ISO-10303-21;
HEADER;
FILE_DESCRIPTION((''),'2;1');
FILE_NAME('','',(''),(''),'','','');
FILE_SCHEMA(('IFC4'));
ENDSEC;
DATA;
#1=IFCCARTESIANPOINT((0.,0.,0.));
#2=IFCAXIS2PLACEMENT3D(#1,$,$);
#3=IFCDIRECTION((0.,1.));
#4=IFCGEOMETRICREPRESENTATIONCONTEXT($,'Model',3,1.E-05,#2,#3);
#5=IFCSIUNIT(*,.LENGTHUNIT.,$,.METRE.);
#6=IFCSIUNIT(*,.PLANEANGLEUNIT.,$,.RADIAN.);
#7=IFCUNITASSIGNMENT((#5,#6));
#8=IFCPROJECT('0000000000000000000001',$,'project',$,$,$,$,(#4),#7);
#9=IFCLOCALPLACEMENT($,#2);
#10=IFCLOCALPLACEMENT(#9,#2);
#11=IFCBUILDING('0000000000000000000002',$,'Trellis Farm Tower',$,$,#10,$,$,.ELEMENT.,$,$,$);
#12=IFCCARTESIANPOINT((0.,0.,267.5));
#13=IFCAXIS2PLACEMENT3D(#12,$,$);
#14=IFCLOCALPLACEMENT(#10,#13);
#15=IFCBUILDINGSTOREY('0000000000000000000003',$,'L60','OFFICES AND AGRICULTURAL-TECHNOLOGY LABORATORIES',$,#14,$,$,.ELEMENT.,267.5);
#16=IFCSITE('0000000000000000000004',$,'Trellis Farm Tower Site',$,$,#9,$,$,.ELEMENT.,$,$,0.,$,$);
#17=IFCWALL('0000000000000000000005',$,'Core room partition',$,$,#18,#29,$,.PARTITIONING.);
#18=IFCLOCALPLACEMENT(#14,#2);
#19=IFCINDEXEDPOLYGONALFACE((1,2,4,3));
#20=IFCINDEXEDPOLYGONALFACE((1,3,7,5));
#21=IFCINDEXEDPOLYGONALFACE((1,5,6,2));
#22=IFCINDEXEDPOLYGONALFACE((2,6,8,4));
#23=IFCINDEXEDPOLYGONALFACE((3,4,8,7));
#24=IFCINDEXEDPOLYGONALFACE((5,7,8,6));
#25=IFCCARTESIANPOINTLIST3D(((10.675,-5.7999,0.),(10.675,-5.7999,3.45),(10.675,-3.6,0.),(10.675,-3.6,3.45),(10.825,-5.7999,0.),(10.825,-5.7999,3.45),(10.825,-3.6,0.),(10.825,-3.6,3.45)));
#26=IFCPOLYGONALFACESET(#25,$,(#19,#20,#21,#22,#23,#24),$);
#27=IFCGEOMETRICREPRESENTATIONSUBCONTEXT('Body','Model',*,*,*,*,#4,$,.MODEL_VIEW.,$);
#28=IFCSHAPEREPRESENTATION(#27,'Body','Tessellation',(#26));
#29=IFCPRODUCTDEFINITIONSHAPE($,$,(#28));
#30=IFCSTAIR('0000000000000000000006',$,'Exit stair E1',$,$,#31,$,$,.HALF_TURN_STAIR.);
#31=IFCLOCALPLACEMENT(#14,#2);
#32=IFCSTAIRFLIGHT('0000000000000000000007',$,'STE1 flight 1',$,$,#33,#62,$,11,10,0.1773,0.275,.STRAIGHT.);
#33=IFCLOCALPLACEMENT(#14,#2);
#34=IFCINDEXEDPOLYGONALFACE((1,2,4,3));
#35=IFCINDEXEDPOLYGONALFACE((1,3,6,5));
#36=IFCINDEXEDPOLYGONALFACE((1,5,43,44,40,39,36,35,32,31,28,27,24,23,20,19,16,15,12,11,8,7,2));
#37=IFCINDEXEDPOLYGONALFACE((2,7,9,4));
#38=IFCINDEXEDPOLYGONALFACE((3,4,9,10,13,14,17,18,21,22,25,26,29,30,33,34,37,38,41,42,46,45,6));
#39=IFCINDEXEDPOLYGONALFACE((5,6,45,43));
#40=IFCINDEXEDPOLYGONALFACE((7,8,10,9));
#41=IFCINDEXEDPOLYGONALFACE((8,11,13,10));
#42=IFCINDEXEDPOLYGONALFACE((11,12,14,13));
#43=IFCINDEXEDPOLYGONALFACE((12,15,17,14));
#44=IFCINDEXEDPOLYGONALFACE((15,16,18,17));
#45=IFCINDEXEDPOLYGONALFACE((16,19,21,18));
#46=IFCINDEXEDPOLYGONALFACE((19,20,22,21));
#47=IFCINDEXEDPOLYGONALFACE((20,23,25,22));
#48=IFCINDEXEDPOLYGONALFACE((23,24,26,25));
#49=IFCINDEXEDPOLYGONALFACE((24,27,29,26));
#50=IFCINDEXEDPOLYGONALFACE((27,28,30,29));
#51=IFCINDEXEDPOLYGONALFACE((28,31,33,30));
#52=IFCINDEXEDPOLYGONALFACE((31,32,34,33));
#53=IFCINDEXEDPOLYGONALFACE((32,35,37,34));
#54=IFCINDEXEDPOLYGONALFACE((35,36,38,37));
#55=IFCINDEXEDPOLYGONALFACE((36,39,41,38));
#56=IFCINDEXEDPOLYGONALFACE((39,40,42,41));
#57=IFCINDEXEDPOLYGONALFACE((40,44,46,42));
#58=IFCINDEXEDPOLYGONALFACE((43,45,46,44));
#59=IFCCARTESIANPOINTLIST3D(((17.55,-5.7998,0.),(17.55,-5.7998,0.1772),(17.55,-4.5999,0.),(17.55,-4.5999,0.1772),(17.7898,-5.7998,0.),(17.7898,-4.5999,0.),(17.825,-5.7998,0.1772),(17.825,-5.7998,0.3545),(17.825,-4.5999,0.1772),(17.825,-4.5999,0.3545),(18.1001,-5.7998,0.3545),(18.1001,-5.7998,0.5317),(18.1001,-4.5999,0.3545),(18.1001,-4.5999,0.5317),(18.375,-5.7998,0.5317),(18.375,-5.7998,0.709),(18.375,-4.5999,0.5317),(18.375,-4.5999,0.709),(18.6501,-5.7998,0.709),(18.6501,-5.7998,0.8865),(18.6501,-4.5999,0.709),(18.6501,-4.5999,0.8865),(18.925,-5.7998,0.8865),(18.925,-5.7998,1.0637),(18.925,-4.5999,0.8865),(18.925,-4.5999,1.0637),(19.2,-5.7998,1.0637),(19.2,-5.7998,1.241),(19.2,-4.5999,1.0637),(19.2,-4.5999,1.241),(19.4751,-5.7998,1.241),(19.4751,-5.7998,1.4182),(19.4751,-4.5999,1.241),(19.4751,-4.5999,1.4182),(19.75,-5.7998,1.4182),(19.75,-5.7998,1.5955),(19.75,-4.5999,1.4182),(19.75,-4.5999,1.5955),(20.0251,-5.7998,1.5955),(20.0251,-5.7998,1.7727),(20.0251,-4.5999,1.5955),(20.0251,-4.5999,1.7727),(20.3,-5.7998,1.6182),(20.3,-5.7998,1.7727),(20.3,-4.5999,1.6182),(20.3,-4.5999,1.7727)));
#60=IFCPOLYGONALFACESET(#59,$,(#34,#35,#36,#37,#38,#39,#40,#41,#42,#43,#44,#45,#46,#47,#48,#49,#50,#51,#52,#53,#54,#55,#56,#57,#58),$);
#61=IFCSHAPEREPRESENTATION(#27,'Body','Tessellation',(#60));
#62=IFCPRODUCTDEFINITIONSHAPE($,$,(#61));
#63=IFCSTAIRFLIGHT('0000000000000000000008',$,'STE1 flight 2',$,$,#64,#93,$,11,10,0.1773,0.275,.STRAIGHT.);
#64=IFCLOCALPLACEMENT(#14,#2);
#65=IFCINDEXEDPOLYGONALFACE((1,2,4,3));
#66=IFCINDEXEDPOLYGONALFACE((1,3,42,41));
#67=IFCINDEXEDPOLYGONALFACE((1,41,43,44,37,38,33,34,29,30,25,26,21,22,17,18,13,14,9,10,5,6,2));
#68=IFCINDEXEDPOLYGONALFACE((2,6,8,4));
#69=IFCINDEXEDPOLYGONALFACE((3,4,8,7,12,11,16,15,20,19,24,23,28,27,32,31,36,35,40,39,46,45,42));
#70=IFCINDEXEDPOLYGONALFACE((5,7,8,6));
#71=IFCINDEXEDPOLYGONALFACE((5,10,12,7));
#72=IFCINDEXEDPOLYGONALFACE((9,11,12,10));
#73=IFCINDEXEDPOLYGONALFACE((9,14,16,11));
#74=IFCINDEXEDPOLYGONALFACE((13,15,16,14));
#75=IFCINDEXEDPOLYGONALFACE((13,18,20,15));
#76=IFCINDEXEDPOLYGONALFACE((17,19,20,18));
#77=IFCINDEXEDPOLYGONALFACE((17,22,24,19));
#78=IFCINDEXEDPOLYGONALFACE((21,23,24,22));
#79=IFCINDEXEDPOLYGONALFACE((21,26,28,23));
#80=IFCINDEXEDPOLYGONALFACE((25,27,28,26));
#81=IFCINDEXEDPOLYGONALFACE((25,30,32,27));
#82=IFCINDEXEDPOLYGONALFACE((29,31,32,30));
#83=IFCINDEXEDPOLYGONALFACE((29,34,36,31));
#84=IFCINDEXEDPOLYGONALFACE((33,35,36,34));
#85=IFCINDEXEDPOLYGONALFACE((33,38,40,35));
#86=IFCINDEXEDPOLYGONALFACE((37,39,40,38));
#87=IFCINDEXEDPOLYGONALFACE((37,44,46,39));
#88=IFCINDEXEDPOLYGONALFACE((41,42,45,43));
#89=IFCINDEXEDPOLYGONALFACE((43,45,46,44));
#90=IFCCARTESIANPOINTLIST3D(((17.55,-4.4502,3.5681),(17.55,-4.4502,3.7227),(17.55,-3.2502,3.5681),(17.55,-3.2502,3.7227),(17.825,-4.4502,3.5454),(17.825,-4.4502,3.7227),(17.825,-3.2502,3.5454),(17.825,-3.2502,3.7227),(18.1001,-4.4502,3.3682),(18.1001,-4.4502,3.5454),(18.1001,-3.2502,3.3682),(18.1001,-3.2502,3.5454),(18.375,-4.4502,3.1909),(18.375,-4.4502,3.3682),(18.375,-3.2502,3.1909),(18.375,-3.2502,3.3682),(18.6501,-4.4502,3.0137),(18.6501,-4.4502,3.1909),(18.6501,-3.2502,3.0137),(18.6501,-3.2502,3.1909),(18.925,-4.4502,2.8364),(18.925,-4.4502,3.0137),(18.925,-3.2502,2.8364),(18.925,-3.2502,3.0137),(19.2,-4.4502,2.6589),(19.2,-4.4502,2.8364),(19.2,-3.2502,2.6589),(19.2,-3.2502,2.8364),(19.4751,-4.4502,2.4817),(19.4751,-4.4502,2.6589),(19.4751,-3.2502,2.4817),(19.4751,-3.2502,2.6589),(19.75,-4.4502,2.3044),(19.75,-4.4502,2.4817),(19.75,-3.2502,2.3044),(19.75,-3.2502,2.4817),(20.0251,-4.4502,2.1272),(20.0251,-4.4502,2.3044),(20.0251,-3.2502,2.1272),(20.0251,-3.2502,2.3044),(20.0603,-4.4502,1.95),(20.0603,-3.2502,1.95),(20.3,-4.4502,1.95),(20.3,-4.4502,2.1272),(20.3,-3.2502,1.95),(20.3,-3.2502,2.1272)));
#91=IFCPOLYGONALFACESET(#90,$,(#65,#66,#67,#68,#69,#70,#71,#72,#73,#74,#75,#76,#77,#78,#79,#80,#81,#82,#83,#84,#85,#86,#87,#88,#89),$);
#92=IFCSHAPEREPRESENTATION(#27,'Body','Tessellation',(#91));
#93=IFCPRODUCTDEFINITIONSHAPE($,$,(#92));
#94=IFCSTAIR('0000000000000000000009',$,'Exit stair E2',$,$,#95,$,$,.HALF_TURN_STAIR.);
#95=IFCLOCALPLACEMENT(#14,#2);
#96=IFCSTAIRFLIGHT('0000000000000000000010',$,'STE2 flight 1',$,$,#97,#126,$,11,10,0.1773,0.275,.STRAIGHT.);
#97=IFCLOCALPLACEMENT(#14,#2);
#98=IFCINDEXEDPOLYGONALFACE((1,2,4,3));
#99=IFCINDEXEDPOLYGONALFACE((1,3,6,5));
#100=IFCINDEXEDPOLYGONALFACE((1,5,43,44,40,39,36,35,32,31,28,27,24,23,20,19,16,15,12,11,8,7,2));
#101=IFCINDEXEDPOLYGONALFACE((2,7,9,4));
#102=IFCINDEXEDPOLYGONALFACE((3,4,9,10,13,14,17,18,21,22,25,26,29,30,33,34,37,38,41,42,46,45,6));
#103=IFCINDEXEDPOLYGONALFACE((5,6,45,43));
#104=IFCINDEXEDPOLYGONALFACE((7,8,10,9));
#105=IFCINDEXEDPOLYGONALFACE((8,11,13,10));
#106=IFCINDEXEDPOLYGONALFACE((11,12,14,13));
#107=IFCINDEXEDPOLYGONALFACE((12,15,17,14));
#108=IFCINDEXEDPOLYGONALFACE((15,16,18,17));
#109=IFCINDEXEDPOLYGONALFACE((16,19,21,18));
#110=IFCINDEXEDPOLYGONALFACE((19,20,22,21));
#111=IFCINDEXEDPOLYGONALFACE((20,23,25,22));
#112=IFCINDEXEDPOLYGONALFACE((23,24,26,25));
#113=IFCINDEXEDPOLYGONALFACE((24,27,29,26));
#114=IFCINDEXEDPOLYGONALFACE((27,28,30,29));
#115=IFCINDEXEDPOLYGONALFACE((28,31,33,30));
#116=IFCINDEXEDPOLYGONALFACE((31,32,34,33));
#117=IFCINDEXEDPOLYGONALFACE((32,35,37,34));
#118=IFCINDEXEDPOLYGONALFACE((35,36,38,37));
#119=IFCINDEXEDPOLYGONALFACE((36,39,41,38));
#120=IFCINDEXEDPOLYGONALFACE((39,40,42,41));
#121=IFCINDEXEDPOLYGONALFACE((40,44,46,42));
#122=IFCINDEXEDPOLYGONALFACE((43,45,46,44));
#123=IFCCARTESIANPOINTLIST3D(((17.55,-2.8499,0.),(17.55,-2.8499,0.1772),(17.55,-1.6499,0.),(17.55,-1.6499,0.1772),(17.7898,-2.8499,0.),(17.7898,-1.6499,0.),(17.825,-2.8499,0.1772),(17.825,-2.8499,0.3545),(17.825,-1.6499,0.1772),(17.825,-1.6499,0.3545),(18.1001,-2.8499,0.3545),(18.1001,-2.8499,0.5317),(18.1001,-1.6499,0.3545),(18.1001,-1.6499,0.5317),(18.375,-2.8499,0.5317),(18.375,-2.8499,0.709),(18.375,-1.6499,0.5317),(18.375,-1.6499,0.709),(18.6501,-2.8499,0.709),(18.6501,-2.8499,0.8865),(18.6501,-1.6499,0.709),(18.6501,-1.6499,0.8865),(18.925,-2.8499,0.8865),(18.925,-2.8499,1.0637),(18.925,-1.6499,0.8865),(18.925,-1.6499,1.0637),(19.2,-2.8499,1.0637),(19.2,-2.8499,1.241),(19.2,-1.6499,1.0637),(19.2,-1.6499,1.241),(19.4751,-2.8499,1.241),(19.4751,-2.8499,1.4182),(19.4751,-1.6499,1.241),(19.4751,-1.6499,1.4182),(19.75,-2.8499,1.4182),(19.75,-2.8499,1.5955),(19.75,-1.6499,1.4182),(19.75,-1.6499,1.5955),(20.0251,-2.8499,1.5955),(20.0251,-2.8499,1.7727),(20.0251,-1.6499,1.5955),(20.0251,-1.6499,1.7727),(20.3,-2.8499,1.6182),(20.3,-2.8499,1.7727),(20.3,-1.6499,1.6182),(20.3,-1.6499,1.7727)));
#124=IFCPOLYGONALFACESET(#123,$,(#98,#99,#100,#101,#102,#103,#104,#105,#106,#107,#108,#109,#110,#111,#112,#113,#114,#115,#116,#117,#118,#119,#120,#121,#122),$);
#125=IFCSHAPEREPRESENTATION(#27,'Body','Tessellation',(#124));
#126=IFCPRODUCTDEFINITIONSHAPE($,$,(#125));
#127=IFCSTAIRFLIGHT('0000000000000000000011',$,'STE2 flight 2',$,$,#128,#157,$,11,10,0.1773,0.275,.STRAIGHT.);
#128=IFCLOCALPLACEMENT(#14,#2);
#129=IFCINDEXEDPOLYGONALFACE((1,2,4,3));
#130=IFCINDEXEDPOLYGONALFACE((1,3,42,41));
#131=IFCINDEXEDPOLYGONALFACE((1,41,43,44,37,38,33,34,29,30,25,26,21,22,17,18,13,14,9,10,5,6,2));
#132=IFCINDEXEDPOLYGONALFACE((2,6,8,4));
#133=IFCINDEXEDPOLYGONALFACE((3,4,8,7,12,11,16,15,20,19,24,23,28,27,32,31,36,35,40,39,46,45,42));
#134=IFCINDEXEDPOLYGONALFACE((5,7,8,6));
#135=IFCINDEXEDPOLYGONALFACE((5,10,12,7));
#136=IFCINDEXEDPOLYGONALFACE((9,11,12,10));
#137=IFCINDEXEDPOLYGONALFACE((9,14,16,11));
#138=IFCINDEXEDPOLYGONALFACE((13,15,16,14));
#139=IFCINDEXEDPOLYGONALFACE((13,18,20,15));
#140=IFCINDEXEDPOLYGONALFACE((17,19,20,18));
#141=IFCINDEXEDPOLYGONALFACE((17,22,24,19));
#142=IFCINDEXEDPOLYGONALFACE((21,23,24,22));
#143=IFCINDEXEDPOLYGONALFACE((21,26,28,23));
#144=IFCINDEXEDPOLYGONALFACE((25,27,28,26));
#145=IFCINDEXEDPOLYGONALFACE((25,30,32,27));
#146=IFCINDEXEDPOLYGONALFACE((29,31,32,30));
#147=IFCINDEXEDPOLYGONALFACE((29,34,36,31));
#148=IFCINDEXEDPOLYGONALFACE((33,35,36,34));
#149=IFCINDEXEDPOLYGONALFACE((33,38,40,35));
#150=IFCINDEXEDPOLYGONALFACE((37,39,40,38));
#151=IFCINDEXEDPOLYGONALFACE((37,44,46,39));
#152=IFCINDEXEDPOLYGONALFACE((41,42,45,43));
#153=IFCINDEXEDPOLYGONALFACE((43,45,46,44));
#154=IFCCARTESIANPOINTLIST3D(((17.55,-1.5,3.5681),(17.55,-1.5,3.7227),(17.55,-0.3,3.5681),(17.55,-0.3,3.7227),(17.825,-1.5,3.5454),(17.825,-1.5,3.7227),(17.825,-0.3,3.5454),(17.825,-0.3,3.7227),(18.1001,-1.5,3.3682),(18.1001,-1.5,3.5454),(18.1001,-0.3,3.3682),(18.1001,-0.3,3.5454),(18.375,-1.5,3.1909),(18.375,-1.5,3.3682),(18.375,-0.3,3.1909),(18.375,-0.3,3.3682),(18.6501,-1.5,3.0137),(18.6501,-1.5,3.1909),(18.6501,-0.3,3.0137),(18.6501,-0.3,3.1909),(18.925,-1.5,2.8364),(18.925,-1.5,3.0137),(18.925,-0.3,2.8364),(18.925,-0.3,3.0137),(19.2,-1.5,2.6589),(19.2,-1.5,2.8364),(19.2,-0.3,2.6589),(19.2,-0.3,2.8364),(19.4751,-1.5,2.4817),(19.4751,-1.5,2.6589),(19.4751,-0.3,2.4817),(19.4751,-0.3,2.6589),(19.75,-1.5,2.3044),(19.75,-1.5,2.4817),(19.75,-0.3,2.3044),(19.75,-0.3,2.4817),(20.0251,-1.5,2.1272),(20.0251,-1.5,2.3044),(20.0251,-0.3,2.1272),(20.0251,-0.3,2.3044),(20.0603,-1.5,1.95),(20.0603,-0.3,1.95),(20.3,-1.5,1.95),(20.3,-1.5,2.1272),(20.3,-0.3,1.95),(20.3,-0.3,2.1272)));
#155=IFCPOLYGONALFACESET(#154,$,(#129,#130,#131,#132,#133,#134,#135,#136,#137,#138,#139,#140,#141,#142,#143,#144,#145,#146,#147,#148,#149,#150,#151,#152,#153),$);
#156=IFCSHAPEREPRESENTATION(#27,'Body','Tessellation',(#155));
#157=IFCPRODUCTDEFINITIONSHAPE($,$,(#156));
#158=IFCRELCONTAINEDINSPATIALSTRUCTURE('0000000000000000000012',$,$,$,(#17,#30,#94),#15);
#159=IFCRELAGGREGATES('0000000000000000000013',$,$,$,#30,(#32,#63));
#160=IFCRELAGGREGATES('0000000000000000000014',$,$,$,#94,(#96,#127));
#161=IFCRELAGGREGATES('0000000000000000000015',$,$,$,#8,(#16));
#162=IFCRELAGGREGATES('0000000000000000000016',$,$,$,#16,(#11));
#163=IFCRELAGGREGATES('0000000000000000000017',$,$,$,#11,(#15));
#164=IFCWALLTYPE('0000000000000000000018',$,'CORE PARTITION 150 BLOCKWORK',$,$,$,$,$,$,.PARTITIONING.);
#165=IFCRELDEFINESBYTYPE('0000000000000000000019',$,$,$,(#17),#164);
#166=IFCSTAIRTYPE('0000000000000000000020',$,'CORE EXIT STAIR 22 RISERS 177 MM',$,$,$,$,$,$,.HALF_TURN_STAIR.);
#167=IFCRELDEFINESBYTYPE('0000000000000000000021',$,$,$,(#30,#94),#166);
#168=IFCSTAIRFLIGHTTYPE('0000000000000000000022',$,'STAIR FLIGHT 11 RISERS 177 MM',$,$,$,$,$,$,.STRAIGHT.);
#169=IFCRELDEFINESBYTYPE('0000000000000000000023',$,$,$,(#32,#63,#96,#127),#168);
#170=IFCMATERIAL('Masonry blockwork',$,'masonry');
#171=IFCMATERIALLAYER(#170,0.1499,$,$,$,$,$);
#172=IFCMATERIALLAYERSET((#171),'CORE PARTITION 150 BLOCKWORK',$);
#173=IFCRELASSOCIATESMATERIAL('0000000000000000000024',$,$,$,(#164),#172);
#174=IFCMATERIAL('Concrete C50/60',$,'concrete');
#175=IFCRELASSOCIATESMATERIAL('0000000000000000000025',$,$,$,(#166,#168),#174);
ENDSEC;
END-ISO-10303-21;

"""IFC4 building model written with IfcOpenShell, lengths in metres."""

from ifc_helpers import new_model, si_unit, direction, frame, frame_2d, origin, place, context, subcontext, project, spatial, polyline, rectangle, outline, extrude, source, transform, mapped, material, layer, layer_set, type_object, element, aggregate, save


model = new_model("IFC4")

# Units and contexts
model_context = context("Model", 3, precision=1e-05, world=origin(), true_north=direction((0.0, 1.0)))
body_context = subcontext(model_context, "Body", "Model", "MODEL_VIEW")
ifc_project = project(units=[si_unit("LENGTHUNIT", "METRE"), si_unit("PLANEANGLEUNIT", "RADIAN")], contexts=[model_context])

# Site, building, storey
site_placement = place(None, origin())
site = spatial("IfcSite", under=ifc_project, at=site_placement, Name="Trellis Farm Tower Site", CompositionType="ELEMENT", RefElevation=0.0)
building_placement = place(site_placement, origin())
building = spatial("IfcBuilding", under=site, at=building_placement, Name="Trellis Farm Tower", CompositionType="ELEMENT")
storey_placement = place(building_placement, frame((0.0, 0.0, 267.5)))
storey = spatial("IfcBuildingStorey", under=building, at=storey_placement, Name="L60", Description="OFFICES AND AGRICULTURAL-TECHNOLOGY LABORATORIES", CompositionType="ELEMENT", Elevation=267.5)

# Shared definitions
placement = place(storey_placement, origin())

# Wall
ifc_material_1 = material(Name="Masonry blockwork", Category="masonry")
ifc_layer_1 = layer(ifc_material_1, 0.1499)
ifc_layer_set_1 = layer_set([ifc_layer_1], Name="CORE PARTITION 150 BLOCKWORK")
wall_type_1 = type_object("IfcWallType", Name="CORE PARTITION 150 BLOCKWORK", PredefinedType="PARTITIONING", material=ifc_layer_set_1)
shared_shape_1 = source(origin(), body_context, "Body", "SweptSolid", [
    extrude(rectangle(XDim=2.2, YDim=0.1499, at=frame_2d((1.1001, 0.0))), origin(), (0.0, 0.0, 1.0), 3.45),
])
wall_1_placement = place(storey_placement, frame((10.75, -5.8, 0.0), z_axis=(0.0, 0.0, 1.0), x_axis=(0.0, 1.0, 0.0)))
element("IfcWall", 1, at=wall_1_placement, inside=storey, type_object=wall_type_1, Name="Core room partition", PredefinedType="PARTITIONING", context=body_context, shape_type="MappedRepresentation", body=[
    mapped(shared_shape_1, transform((0.0, 0.0, 0.0))),
])

# Stairs, stair flights
ifc_material_2 = material(Name="Concrete C50/60", Category="concrete")
stair_type = type_object("IfcStairType", Name="CORE EXIT STAIR 22 RISERS 177 MM", PredefinedType="HALF_TURN_STAIR", material=ifc_material_2)
stair_1 = element("IfcStair", 2, at=placement, inside=storey, type_object=stair_type, Name="Exit stair E1", PredefinedType="HALF_TURN_STAIR")
stair_flight_type = type_object("IfcStairFlightType", Name="STAIR FLIGHT 11 RISERS 177 MM", PredefinedType="STRAIGHT", material=ifc_material_2)
shared_shape_2 = source(origin(), body_context, "Body", "SweptSolid", [
    extrude(outline(polyline([(0.0, 0.0), (0.0, 0.1772), (0.2749, 0.1772), (0.2749, 0.3545), (0.55, 0.3545), (0.55, 0.5317), (0.825, 0.5317), (0.825, 0.709), (1.1001, 0.709), (1.1001, 0.8865), (1.375, 0.8865), (1.375, 1.0637), (1.6499, 1.0637), (1.6499, 1.241), (1.925, 1.241), (1.925, 1.4182), (2.2, 1.4182), (2.2, 1.5955), (2.4751, 1.5955), (2.4751, 1.7727), (2.75, 1.7727), (2.75, 1.95), (2.75, 1.6182), (0.2397, 0.0), (0.0, 0.0)])), frame((0.0, 0.6001, 0.0), z_axis=(0.0, -1.0, 0.0), x_axis=(1.0, 0.0, 0.0)), (0.0, 0.0, 1.0), 1.2),
])
stair_flight_1_placement = place(storey_placement, frame((17.55, -5.2, 0.0), z_axis=(0.0, 0.0, 1.0), x_axis=(1.0, 0.0, 0.0)))
stair_flight_1 = element("IfcStairFlight", 3, at=stair_flight_1_placement, type_object=stair_flight_type, Name="STE1 flight 1", NumberOfRisers=11, NumberOfTreads=10, PredefinedType="STRAIGHT", RiserHeight=0.1773, TreadLength=0.275, context=body_context, shape_type="MappedRepresentation", body=[
    mapped(shared_shape_2, transform((0.0, 0.0, 0.0))),
])
stair_flight_2_placement = place(storey_placement, frame((20.3, -3.8501, 1.95), z_axis=(0.0, 0.0, 1.0), x_axis=(-1.0, 0.0, 0.0)))
stair_flight_2 = element("IfcStairFlight", 4, at=stair_flight_2_placement, type_object=stair_flight_type, Name="STE1 flight 2", NumberOfRisers=11, NumberOfTreads=10, PredefinedType="STRAIGHT", RiserHeight=0.1773, TreadLength=0.275, context=body_context, shape_type="MappedRepresentation", body=[
    mapped(shared_shape_2, transform((0.0, 0.0, 0.0))),
])
aggregate(stair_1, [stair_flight_1, stair_flight_2])
stair_2 = element("IfcStair", 5, at=placement, inside=storey, type_object=stair_type, Name="Exit stair E2", PredefinedType="HALF_TURN_STAIR")
stair_flight_3_placement = place(storey_placement, frame((17.55, -2.25, 0.0), z_axis=(0.0, 0.0, 1.0), x_axis=(1.0, 0.0, 0.0)))
stair_flight_3 = element("IfcStairFlight", 6, at=stair_flight_3_placement, type_object=stair_flight_type, Name="STE2 flight 1", NumberOfRisers=11, NumberOfTreads=10, PredefinedType="STRAIGHT", RiserHeight=0.1773, TreadLength=0.275, context=body_context, shape_type="MappedRepresentation", body=[
    mapped(shared_shape_2, transform((0.0, 0.0, 0.0))),
])
stair_flight_4_placement = place(storey_placement, frame((20.3, -0.8999, 1.95), z_axis=(0.0, 0.0, 1.0), x_axis=(-1.0, 0.0, 0.0)))
stair_flight_4 = element("IfcStairFlight", 7, at=stair_flight_4_placement, type_object=stair_flight_type, Name="STE2 flight 2", NumberOfRisers=11, NumberOfTreads=10, PredefinedType="STRAIGHT", RiserHeight=0.1773, TreadLength=0.275, context=body_context, shape_type="MappedRepresentation", body=[
    mapped(shared_shape_2, transform((0.0, 0.0, 0.0))),
])
aggregate(stair_2, [stair_flight_3, stair_flight_4])

save(model, "model.ifc")
